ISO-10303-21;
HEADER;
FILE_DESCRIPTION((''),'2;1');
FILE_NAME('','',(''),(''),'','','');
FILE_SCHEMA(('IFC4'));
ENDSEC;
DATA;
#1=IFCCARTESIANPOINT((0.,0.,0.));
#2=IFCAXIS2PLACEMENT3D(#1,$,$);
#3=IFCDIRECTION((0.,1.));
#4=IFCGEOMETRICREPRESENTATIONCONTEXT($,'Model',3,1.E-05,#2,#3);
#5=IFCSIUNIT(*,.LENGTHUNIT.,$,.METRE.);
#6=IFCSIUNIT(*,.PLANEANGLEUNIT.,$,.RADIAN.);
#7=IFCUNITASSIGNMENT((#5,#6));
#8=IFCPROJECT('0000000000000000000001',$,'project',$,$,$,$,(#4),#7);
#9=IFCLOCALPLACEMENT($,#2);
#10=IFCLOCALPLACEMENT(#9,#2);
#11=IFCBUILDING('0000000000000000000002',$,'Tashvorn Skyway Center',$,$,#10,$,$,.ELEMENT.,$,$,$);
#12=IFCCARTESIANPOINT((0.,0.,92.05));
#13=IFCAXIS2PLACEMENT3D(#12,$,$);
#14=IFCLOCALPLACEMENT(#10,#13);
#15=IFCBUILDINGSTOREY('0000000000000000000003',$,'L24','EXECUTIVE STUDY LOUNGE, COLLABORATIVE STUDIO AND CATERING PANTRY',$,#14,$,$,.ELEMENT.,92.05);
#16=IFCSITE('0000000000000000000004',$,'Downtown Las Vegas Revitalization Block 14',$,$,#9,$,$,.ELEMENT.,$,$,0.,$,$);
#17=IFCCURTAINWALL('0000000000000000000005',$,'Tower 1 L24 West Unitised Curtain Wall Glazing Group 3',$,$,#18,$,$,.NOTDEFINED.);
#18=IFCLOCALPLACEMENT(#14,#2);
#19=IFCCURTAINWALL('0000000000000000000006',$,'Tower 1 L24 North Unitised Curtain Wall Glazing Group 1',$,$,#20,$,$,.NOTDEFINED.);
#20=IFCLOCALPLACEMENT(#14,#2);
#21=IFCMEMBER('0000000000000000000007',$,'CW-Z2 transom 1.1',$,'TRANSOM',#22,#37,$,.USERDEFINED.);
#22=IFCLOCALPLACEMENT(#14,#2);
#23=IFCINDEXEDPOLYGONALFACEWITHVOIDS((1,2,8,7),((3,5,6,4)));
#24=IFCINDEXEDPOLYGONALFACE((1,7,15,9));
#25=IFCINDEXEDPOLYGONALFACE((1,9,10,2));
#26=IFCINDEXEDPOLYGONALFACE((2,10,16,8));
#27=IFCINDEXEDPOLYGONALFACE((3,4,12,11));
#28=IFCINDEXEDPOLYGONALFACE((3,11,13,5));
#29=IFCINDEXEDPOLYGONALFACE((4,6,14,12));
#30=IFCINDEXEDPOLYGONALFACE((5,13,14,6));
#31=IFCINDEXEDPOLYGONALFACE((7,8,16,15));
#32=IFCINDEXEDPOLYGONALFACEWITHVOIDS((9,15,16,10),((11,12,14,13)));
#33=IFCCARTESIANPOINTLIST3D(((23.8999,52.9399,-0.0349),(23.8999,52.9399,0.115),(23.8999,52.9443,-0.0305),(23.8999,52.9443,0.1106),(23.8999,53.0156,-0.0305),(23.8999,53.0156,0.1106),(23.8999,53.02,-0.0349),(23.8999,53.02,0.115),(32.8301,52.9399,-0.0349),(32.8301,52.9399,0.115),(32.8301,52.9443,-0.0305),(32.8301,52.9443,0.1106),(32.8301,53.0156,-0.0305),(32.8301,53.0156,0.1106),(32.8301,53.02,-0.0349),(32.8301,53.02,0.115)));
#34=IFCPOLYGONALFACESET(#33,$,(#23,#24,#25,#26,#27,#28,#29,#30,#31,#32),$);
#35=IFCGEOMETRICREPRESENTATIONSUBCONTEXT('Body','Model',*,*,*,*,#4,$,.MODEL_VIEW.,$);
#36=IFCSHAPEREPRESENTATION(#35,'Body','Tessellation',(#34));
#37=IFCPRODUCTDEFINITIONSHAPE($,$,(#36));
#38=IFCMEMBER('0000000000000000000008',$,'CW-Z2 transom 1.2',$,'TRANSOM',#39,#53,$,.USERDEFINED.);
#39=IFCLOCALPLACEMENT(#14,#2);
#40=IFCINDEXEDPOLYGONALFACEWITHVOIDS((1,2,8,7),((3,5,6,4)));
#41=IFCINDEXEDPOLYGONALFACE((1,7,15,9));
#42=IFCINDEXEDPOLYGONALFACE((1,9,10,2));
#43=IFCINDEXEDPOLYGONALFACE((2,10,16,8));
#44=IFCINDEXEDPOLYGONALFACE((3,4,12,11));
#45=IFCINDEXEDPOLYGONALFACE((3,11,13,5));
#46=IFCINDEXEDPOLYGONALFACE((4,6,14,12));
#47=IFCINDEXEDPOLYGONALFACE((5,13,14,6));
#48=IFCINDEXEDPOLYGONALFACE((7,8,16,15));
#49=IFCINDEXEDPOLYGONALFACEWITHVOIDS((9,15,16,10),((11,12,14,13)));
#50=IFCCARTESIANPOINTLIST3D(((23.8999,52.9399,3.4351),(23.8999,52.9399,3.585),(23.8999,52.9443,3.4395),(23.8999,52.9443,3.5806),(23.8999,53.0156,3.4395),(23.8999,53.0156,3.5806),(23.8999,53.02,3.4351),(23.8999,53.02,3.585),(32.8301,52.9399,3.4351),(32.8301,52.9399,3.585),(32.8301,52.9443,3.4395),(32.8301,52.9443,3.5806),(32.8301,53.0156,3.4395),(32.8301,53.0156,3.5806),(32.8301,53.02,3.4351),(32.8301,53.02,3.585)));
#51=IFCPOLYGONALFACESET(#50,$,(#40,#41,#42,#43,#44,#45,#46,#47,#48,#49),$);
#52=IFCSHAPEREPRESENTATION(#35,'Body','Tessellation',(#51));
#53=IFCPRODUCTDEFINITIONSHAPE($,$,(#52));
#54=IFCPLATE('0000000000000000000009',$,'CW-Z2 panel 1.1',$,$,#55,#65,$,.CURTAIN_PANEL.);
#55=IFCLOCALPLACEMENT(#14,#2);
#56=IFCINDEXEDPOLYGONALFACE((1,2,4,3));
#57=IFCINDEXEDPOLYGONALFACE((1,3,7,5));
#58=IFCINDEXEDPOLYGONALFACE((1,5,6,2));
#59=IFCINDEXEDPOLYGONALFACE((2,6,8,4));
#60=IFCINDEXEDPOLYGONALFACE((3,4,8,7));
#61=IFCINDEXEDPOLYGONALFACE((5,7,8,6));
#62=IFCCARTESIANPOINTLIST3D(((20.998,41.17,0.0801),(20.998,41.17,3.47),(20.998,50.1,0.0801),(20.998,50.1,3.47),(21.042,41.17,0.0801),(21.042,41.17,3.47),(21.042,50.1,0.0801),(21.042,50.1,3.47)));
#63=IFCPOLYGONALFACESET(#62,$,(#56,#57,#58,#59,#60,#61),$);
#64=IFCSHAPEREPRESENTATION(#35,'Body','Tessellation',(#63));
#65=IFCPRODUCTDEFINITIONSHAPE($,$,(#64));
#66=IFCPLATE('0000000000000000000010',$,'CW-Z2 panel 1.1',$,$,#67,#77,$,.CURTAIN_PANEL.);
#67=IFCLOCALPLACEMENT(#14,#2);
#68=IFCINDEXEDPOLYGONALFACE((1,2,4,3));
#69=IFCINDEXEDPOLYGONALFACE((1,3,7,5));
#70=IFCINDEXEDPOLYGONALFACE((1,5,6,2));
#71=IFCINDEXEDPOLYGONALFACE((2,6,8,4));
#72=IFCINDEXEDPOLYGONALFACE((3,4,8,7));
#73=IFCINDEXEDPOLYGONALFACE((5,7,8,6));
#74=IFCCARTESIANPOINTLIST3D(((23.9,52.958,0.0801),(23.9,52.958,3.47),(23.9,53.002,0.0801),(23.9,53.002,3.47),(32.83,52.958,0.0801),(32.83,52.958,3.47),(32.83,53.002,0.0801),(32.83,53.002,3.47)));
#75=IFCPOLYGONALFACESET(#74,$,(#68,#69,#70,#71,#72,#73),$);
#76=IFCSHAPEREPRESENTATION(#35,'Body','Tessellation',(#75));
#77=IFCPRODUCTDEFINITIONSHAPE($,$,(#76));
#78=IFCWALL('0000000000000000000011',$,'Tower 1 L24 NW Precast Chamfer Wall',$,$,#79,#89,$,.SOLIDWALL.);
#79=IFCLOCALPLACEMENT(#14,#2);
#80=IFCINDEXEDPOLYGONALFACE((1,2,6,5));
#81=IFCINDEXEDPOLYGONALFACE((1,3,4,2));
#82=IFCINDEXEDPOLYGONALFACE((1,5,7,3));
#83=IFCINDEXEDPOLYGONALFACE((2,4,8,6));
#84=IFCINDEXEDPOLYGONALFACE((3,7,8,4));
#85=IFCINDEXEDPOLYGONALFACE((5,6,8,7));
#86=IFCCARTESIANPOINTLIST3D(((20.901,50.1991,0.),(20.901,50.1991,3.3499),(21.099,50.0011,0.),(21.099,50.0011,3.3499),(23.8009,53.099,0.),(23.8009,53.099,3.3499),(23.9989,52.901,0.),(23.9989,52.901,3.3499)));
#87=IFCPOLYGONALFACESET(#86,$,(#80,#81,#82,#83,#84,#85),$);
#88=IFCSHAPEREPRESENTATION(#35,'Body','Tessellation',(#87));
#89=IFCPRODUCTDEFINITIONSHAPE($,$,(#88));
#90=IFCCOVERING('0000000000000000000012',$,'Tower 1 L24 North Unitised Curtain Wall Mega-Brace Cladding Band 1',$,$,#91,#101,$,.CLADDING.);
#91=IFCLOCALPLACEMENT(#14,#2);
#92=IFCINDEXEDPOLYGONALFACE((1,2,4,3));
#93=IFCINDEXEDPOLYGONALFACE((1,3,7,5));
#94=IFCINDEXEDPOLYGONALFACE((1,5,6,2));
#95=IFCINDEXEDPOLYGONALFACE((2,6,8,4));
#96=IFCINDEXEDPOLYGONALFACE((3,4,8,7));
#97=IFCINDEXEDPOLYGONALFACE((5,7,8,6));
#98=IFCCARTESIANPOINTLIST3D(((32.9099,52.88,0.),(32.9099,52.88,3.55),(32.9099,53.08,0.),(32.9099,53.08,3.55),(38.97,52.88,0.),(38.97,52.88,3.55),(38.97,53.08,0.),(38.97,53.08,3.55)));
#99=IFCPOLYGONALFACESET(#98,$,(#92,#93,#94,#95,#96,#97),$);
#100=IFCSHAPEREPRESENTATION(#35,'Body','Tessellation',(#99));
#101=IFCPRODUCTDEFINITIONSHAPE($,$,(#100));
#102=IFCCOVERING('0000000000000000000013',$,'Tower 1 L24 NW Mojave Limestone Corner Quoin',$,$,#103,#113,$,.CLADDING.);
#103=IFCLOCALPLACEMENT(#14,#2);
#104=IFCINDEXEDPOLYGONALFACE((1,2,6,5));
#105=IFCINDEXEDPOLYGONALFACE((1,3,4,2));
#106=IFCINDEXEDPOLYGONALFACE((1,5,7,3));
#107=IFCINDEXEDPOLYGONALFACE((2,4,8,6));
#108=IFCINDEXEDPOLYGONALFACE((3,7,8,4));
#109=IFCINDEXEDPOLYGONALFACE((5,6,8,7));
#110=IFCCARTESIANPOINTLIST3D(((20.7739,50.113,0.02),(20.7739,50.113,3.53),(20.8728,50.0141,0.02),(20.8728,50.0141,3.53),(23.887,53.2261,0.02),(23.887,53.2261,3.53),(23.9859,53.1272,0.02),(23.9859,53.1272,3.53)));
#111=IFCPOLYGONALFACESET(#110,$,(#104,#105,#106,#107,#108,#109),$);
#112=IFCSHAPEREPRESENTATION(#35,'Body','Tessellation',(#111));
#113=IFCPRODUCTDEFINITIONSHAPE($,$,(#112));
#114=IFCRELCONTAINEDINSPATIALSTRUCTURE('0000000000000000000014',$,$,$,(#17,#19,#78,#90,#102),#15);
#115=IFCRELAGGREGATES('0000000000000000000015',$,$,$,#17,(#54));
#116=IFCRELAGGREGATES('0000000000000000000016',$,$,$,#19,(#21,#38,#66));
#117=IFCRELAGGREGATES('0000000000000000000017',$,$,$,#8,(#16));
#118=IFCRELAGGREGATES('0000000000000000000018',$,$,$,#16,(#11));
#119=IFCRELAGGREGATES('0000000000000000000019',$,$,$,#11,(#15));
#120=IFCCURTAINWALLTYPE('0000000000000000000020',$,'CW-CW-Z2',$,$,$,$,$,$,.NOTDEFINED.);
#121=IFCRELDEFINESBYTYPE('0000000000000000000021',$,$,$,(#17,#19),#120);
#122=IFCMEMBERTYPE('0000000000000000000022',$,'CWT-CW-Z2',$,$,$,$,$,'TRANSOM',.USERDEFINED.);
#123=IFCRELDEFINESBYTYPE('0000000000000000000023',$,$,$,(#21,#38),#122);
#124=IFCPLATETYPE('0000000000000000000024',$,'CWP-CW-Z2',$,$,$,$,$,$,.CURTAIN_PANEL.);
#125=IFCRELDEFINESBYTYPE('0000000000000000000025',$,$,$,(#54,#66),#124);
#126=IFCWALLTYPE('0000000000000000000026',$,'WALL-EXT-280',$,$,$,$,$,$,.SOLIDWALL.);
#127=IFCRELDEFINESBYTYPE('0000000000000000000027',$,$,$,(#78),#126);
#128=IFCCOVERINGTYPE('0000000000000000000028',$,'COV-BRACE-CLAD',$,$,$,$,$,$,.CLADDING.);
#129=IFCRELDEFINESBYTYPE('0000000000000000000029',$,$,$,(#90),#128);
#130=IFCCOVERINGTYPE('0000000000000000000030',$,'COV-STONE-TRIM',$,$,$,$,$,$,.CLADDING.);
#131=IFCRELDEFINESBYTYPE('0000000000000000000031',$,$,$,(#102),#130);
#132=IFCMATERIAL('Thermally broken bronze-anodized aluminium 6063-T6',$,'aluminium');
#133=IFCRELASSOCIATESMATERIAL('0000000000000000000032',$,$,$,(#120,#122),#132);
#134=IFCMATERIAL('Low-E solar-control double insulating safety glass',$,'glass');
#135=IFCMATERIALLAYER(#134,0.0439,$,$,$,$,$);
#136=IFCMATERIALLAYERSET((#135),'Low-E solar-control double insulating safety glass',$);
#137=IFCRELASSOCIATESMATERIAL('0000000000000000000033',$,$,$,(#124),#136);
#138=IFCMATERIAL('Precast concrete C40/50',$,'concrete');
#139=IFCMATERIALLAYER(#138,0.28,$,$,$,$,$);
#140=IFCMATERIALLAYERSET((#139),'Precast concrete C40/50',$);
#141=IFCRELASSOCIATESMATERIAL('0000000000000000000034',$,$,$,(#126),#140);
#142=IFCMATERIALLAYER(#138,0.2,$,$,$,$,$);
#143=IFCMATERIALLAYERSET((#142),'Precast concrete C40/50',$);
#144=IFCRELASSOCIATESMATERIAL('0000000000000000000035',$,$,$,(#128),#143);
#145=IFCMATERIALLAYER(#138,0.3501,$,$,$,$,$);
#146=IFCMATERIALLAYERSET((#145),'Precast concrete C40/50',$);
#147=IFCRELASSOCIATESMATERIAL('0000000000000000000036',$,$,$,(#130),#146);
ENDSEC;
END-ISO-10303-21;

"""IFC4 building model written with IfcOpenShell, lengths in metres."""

from ifc_helpers import new_model, si_unit, direction, frame, frame_2d, origin, origin_2d, place, context, subcontext, project, spatial, rectangle, hollow_rectangle, extrude, material, layer, layer_set, material_profile, profile_set, type_object, element, aggregate, save


model = new_model("IFC4")

# Units and contexts
model_context = context("Model", 3, precision=1e-05, world=origin(), true_north=direction((0.0, 1.0)))
body_context = subcontext(model_context, "Body", "Model", "MODEL_VIEW")
ifc_project = project(units=[si_unit("LENGTHUNIT", "METRE"), si_unit("PLANEANGLEUNIT", "RADIAN")], contexts=[model_context])

# Site, building, storey
site_placement = place(None, origin())
site = spatial("IfcSite", under=ifc_project, at=site_placement, Name="Downtown Las Vegas Revitalization Block 14", CompositionType="ELEMENT", RefElevation=0.0)
building_placement = place(site_placement, origin())
building = spatial("IfcBuilding", under=site, at=building_placement, Name="Tashvorn Skyway Center", CompositionType="ELEMENT")
storey_placement = place(building_placement, frame((0.0, 0.0, 92.05)))
storey = spatial("IfcBuildingStorey", under=building, at=storey_placement, Name="L24", Description="EXECUTIVE STUDY LOUNGE, COLLABORATIVE STUDIO AND CATERING PANTRY", CompositionType="ELEMENT", Elevation=92.05)

# Curtain wall
ifc_material_1 = material(Name="Thermally broken bronze-anodized aluminium 6063-T6", Category="aluminium")
curtain_wall_type = type_object("IfcCurtainWallType", Name="CW-CW-Z2", PredefinedType="NOTDEFINED", material=ifc_material_1)
curtain_wall_1_placement = place(storey_placement, origin())
curtain_wall_1 = element("IfcCurtainWall", 1, at=curtain_wall_1_placement, inside=storey, type_object=curtain_wall_type, Name="Tower 1 L24 West Unitised Curtain Wall Glazing Group 3", PredefinedType="NOTDEFINED")

# Curtain wall, members
curtain_wall_2_placement = place(storey_placement, origin())
curtain_wall_2 = element("IfcCurtainWall", 2, at=curtain_wall_2_placement, inside=storey, type_object=curtain_wall_type, Name="Tower 1 L24 North Unitised Curtain Wall Glazing Group 1", PredefinedType="NOTDEFINED")
ifc_material_profile_1 = material_profile(ifc_material_1, hollow_rectangle(XDim=0.0801, YDim=0.1499, WallThickness=0.0044, at=origin_2d()), Name="ALU-TRAN-80x150")
ifc_profile_set_1 = profile_set([ifc_material_profile_1], Name="Thermally broken bronze-anodized aluminium 6063-T6")
member_type_1 = type_object("IfcMemberType", Name="CWT-CW-Z2", ElementType="TRANSOM", PredefinedType="USERDEFINED", material=ifc_profile_set_1)
member_1_placement = place(storey_placement, frame((23.8999, 52.98, 0.04), z_axis=(1.0, 0.0, 0.0), x_axis=(0.0, 1.0, 0.0)))
member_1 = element("IfcMember", 3, at=member_1_placement, type_object=member_type_1, Name="CW-Z2 transom 1.1", ObjectType="TRANSOM", PredefinedType="USERDEFINED", context=body_context, shape_type="SweptSolid", body=[
    extrude(hollow_rectangle(XDim=0.0801, YDim=0.1499, WallThickness=0.0044, at=origin_2d()), origin(), (0.0, 0.0, 1.0), 8.9302),
])
member_2_placement = place(storey_placement, frame((23.8999, 52.98, 3.51), z_axis=(1.0, 0.0, 0.0), x_axis=(0.0, 1.0, 0.0)))
member_2 = element("IfcMember", 4, at=member_2_placement, type_object=member_type_1, Name="CW-Z2 transom 1.2", ObjectType="TRANSOM", PredefinedType="USERDEFINED", context=body_context, shape_type="SweptSolid", body=[
    extrude(hollow_rectangle(XDim=0.0801, YDim=0.1499, WallThickness=0.0044, at=origin_2d()), origin(), (0.0, 0.0, 1.0), 8.9302),
])

# Plates
ifc_material_2 = material(Name="Low-E solar-control double insulating safety glass", Category="glass")
ifc_layer_1 = layer(ifc_material_2, 0.0439)
ifc_layer_set_1 = layer_set([ifc_layer_1], Name="Low-E solar-control double insulating safety glass")
plate_type = type_object("IfcPlateType", Name="CWP-CW-Z2", PredefinedType="CURTAIN_PANEL", material=ifc_layer_set_1)
plate_1_placement = place(storey_placement, frame((21.02, 45.635, 0.0801), z_axis=(0.0, 0.0, 1.0), x_axis=(0.0, 1.0, 0.0)))
plate_1 = element("IfcPlate", 5, at=plate_1_placement, type_object=plate_type, Name="CW-Z2 panel 1.1", PredefinedType="CURTAIN_PANEL", context=body_context, shape_type="SweptSolid", body=[
    extrude(rectangle(XDim=8.9299, YDim=0.0439, at=origin_2d()), origin(), (0.0, 0.0, 1.0), 3.3899),
])
aggregate(curtain_wall_1, [plate_1])
plate_2_placement = place(storey_placement, frame((28.365, 52.98, 0.0801), z_axis=(0.0, 0.0, 1.0), x_axis=(1.0, 0.0, 0.0)))
plate_2 = element("IfcPlate", 6, at=plate_2_placement, type_object=plate_type, Name="CW-Z2 panel 1.1", PredefinedType="CURTAIN_PANEL", context=body_context, shape_type="SweptSolid", body=[
    extrude(rectangle(XDim=8.9299, YDim=0.0439, at=origin_2d()), origin(), (0.0, 0.0, 1.0), 3.3899),
])
aggregate(curtain_wall_2, [member_1, member_2, plate_2])

# Wall
ifc_material_3 = material(Name="Precast concrete C40/50", Category="concrete")
ifc_layer_2 = layer(ifc_material_3, 0.28)
ifc_layer_set_2 = layer_set([ifc_layer_2], Name="Precast concrete C40/50")
wall_type = type_object("IfcWallType", Name="WALL-EXT-280", PredefinedType="SOLIDWALL", material=ifc_layer_set_2)
wall_placement = place(storey_placement, frame((21.0, 50.1001, 0.0), z_axis=(0.0, 0.0, 1.0), x_axis=(0.707107, 0.707107, 0.0)))
element("IfcWall", 7, at=wall_placement, inside=storey, type_object=wall_type, Name="Tower 1 L24 NW Precast Chamfer Wall", PredefinedType="SOLIDWALL", context=body_context, shape_type="SweptSolid", body=[
    extrude(rectangle(XDim=4.1011, YDim=0.28, at=frame_2d((2.0505, 0.0))), origin(), (0.0, 0.0, 1.0), 3.3499),
])

# Coverings
ifc_layer_3 = layer(ifc_material_3, 0.2)
ifc_layer_set_3 = layer_set([ifc_layer_3], Name="Precast concrete C40/50")
covering_type_1 = type_object("IfcCoveringType", Name="COV-BRACE-CLAD", PredefinedType="CLADDING", material=ifc_layer_set_3)
covering_1_placement = place(storey_placement, frame((35.9399, 52.98, 0.0), z_axis=(0.0, 0.0, 1.0), x_axis=(1.0, 0.0, 0.0)))
element("IfcCovering", 8, at=covering_1_placement, inside=storey, type_object=covering_type_1, Name="Tower 1 L24 North Unitised Curtain Wall Mega-Brace Cladding Band 1", PredefinedType="CLADDING", context=body_context, shape_type="SweptSolid", body=[
    extrude(rectangle(XDim=6.0601, YDim=0.2, at=origin_2d()), origin(), (0.0, 0.0, 1.0), 3.55),
])
ifc_layer_4 = layer(ifc_material_3, 0.3501)
ifc_layer_set_4 = layer_set([ifc_layer_4], Name="Precast concrete C40/50")
covering_type_2 = type_object("IfcCoveringType", Name="COV-STONE-TRIM", PredefinedType="CLADDING", material=ifc_layer_set_4)
covering_2_placement = place(storey_placement, frame((22.3799, 51.6201, 0.02), z_axis=(0.0, 0.0, 1.0), x_axis=(-0.707107, -0.707107, 0.0)))
element("IfcCovering", 9, at=covering_2_placement, inside=storey, type_object=covering_type_2, Name="Tower 1 L24 NW Mojave Limestone Corner Quoin", PredefinedType="CLADDING", context=body_context, shape_type="SweptSolid", body=[
    extrude(rectangle(XDim=4.4026, YDim=0.1399, at=origin_2d()), origin(), (0.0, 0.0, 1.0), 3.51),
])

save(model, "model.ifc")
